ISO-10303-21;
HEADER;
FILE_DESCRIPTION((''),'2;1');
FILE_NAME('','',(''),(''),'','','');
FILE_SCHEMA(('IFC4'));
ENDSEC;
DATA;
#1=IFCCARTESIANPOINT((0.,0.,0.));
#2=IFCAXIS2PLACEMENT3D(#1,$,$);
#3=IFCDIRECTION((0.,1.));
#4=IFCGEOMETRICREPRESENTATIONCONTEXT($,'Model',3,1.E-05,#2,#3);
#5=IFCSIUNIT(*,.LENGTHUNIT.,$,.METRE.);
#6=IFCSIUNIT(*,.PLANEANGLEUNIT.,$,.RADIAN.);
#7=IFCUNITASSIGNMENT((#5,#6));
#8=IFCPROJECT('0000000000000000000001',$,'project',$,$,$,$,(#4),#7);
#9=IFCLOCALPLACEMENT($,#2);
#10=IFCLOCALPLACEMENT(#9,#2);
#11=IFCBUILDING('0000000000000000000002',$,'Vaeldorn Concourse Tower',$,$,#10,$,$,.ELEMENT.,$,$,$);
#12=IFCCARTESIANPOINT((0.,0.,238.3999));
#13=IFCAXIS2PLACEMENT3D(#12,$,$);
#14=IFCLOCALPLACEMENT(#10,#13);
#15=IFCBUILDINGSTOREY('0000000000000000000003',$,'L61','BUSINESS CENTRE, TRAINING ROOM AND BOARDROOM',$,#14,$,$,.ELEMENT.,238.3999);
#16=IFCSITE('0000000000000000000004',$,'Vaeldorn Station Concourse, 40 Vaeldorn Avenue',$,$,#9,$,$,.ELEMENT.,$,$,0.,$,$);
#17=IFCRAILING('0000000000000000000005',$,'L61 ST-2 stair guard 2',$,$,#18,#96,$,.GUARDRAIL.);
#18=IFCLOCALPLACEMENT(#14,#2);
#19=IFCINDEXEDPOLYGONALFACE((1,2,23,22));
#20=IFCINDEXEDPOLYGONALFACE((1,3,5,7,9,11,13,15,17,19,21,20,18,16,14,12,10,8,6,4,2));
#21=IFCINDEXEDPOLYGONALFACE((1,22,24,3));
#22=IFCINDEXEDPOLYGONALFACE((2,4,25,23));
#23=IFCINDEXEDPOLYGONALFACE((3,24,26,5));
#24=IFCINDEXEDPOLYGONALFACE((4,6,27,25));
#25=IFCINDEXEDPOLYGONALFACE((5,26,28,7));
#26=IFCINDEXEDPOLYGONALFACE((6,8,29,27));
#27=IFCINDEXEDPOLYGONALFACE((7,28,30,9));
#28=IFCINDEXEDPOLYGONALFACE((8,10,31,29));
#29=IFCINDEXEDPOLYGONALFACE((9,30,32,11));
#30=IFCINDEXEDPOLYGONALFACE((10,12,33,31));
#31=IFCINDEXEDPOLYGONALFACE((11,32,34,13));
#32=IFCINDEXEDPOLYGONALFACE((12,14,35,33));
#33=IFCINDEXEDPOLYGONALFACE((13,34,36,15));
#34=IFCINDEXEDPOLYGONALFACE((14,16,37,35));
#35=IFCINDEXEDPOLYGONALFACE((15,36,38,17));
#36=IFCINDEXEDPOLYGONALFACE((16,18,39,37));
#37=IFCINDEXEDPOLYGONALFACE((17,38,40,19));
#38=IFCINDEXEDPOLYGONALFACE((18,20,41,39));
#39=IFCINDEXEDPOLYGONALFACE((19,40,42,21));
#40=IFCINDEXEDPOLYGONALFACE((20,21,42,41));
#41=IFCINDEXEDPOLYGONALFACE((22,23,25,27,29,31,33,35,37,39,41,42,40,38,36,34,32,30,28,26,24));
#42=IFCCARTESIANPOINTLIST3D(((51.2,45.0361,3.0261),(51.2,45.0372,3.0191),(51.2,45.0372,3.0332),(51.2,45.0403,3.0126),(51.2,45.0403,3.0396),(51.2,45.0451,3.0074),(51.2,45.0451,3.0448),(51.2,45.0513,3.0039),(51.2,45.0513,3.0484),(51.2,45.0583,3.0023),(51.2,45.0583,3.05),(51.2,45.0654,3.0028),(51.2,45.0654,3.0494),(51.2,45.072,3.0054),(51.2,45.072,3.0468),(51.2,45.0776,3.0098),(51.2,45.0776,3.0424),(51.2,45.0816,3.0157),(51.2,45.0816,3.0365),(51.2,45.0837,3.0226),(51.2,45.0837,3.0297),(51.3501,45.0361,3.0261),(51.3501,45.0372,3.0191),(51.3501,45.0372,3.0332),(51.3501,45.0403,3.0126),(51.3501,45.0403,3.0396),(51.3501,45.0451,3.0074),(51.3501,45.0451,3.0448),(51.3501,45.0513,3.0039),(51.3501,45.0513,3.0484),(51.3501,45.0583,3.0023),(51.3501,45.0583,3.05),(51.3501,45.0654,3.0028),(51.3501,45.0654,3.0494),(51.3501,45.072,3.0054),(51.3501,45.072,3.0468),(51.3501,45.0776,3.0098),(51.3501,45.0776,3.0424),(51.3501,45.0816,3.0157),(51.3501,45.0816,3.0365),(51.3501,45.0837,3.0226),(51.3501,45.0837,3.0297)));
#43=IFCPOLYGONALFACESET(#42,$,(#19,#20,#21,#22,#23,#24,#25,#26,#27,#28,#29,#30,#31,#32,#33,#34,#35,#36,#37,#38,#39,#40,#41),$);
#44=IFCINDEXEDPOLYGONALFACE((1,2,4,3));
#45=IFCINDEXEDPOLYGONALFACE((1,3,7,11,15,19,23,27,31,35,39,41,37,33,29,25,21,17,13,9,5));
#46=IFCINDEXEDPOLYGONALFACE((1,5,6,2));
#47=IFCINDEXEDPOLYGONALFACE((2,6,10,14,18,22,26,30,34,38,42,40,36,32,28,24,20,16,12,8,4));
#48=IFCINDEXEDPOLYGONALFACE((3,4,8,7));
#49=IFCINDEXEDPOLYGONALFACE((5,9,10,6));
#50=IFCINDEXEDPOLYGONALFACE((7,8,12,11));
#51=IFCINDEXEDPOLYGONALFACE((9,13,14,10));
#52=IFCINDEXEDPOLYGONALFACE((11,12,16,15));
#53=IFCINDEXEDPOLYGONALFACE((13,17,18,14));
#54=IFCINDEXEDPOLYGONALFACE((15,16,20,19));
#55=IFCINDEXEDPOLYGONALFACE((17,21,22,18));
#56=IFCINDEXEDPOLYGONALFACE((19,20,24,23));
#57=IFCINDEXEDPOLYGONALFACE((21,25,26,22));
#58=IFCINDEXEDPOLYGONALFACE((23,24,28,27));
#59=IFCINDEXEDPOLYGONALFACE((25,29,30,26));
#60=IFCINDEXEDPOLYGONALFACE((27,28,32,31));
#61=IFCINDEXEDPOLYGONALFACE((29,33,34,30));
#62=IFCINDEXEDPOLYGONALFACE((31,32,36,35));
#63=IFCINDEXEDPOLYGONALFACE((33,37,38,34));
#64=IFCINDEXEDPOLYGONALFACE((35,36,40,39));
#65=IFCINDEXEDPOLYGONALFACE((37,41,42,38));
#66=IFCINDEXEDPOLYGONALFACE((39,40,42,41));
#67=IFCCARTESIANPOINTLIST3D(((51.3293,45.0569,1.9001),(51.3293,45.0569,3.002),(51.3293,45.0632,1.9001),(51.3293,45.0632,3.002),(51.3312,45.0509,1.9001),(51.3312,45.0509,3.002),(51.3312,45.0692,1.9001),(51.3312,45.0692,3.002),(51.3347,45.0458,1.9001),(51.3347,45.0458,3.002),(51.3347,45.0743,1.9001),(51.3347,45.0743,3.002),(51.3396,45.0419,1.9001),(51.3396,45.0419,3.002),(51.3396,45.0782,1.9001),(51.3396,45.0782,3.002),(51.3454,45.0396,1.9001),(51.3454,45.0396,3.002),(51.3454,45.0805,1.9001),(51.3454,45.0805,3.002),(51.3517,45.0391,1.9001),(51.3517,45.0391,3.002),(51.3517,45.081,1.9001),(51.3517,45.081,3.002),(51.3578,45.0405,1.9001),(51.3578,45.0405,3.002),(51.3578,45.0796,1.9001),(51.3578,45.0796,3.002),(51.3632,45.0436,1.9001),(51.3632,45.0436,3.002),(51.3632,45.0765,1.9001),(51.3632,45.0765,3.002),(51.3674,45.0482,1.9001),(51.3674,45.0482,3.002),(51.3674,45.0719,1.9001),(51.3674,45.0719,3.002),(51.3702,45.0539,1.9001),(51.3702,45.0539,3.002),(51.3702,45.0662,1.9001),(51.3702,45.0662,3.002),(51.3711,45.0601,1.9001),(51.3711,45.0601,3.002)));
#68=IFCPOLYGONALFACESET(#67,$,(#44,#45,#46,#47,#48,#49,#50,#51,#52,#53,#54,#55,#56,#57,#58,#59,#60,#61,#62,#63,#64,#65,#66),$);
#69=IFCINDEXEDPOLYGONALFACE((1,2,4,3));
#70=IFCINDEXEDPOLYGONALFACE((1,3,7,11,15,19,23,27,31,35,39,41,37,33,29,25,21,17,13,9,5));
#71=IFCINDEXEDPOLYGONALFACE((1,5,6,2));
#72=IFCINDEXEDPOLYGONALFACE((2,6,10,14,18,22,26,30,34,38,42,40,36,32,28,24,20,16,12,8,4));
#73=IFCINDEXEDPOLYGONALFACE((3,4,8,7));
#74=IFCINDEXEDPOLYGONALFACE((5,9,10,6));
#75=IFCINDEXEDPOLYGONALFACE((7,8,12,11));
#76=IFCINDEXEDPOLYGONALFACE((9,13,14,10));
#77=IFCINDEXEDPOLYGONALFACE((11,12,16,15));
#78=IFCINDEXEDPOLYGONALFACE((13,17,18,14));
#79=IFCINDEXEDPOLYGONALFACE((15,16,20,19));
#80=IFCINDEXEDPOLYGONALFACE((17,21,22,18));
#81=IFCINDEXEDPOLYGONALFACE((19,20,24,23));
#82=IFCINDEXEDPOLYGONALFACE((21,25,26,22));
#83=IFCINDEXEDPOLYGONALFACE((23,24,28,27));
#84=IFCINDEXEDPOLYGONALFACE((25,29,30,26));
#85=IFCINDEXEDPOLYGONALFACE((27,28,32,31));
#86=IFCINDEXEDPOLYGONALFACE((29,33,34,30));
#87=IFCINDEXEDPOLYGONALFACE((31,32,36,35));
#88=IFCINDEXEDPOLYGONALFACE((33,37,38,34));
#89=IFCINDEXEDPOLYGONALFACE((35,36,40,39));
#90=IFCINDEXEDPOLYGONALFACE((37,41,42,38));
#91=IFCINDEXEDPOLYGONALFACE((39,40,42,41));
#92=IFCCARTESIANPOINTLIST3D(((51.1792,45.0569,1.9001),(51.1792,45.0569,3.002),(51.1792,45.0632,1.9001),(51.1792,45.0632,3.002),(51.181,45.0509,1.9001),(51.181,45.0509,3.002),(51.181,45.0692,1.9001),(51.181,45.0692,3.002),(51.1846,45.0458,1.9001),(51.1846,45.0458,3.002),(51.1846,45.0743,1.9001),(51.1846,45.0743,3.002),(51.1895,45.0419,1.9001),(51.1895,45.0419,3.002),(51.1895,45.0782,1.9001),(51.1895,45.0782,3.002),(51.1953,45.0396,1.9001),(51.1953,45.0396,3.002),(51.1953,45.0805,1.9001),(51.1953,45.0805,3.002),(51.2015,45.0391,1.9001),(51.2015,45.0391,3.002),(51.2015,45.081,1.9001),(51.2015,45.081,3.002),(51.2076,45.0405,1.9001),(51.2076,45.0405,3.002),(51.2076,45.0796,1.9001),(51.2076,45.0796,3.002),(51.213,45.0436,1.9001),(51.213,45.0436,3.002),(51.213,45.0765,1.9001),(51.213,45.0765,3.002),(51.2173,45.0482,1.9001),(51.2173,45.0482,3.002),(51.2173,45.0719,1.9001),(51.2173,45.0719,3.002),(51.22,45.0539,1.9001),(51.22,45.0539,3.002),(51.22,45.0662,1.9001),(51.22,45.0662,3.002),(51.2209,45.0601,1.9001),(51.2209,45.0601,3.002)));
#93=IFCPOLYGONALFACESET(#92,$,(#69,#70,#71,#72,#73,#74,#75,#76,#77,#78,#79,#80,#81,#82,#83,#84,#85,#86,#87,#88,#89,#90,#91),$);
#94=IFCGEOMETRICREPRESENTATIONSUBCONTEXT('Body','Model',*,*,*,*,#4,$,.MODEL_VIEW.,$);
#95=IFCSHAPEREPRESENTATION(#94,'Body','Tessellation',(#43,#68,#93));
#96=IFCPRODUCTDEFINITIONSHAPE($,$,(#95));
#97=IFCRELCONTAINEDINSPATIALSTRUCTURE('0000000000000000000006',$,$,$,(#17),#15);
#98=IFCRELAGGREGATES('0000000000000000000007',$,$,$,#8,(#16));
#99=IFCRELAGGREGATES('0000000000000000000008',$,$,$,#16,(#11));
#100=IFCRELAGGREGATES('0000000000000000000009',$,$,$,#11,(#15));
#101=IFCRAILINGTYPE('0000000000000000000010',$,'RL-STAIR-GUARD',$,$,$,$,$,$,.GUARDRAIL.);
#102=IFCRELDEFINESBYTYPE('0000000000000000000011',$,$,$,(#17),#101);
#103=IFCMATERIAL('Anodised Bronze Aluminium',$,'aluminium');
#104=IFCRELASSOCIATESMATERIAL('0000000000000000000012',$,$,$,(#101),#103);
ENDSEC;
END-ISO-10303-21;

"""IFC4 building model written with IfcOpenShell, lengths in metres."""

from ifc_helpers import new_model, si_unit, direction, frame, origin, origin_2d, place, context, subcontext, project, spatial, circle, extrude, material, type_object, element, save


model = new_model("IFC4")

# Units and contexts
model_context = context("Model", 3, precision=1e-05, world=origin(), true_north=direction((0.0, 1.0)))
body_context = subcontext(model_context, "Body", "Model", "MODEL_VIEW")
ifc_project = project(units=[si_unit("LENGTHUNIT", "METRE"), si_unit("PLANEANGLEUNIT", "RADIAN")], contexts=[model_context])

# Site, building, storey
site_placement = place(None, origin())
site = spatial("IfcSite", under=ifc_project, at=site_placement, Name="Vaeldorn Station Concourse, 40 Vaeldorn Avenue", CompositionType="ELEMENT", RefElevation=0.0)
building_placement = place(site_placement, origin())
building = spatial("IfcBuilding", under=site, at=building_placement, Name="Vaeldorn Concourse Tower", CompositionType="ELEMENT")
storey_placement = place(building_placement, frame((0.0, 0.0, 238.3999)))
storey = spatial("IfcBuildingStorey", under=building, at=storey_placement, Name="L61", Description="BUSINESS CENTRE, TRAINING ROOM AND BOARDROOM", CompositionType="ELEMENT", Elevation=238.3999)

# Shared definitions
ifc_material_1 = material(Name="Anodised Bronze Aluminium", Category="aluminium")

# Railing
railing_type = type_object("IfcRailingType", Name="RL-STAIR-GUARD", PredefinedType="GUARDRAIL", material=ifc_material_1)
railing_1_placement = place(storey_placement, frame((51.3501, 45.0601, 1.9001)))
element("IfcRailing", 1, at=railing_1_placement, inside=storey, type_object=railing_type, Name="L61 ST-2 stair guard 2", PredefinedType="GUARDRAIL", context=body_context, shape_type="SweptSolid", body=[
    extrude(circle(Radius=0.0239, at=origin_2d()), frame((0.0, 0.0, 1.126), z_axis=(-1.0, 0.0, 0.0), x_axis=(0.0, -1.0, 0.0)), (0.0, 0.0, 1.0), 0.1501),
    extrude(circle(Radius=0.021, at=origin_2d()), origin(), (0.0, 0.0, 1.0), 1.1018),
    extrude(circle(Radius=0.021, at=origin_2d()), frame((-0.1501, 0.0, 0.0)), (0.0, 0.0, 1.0), 1.1018),
])

save(model, "model.ifc")
